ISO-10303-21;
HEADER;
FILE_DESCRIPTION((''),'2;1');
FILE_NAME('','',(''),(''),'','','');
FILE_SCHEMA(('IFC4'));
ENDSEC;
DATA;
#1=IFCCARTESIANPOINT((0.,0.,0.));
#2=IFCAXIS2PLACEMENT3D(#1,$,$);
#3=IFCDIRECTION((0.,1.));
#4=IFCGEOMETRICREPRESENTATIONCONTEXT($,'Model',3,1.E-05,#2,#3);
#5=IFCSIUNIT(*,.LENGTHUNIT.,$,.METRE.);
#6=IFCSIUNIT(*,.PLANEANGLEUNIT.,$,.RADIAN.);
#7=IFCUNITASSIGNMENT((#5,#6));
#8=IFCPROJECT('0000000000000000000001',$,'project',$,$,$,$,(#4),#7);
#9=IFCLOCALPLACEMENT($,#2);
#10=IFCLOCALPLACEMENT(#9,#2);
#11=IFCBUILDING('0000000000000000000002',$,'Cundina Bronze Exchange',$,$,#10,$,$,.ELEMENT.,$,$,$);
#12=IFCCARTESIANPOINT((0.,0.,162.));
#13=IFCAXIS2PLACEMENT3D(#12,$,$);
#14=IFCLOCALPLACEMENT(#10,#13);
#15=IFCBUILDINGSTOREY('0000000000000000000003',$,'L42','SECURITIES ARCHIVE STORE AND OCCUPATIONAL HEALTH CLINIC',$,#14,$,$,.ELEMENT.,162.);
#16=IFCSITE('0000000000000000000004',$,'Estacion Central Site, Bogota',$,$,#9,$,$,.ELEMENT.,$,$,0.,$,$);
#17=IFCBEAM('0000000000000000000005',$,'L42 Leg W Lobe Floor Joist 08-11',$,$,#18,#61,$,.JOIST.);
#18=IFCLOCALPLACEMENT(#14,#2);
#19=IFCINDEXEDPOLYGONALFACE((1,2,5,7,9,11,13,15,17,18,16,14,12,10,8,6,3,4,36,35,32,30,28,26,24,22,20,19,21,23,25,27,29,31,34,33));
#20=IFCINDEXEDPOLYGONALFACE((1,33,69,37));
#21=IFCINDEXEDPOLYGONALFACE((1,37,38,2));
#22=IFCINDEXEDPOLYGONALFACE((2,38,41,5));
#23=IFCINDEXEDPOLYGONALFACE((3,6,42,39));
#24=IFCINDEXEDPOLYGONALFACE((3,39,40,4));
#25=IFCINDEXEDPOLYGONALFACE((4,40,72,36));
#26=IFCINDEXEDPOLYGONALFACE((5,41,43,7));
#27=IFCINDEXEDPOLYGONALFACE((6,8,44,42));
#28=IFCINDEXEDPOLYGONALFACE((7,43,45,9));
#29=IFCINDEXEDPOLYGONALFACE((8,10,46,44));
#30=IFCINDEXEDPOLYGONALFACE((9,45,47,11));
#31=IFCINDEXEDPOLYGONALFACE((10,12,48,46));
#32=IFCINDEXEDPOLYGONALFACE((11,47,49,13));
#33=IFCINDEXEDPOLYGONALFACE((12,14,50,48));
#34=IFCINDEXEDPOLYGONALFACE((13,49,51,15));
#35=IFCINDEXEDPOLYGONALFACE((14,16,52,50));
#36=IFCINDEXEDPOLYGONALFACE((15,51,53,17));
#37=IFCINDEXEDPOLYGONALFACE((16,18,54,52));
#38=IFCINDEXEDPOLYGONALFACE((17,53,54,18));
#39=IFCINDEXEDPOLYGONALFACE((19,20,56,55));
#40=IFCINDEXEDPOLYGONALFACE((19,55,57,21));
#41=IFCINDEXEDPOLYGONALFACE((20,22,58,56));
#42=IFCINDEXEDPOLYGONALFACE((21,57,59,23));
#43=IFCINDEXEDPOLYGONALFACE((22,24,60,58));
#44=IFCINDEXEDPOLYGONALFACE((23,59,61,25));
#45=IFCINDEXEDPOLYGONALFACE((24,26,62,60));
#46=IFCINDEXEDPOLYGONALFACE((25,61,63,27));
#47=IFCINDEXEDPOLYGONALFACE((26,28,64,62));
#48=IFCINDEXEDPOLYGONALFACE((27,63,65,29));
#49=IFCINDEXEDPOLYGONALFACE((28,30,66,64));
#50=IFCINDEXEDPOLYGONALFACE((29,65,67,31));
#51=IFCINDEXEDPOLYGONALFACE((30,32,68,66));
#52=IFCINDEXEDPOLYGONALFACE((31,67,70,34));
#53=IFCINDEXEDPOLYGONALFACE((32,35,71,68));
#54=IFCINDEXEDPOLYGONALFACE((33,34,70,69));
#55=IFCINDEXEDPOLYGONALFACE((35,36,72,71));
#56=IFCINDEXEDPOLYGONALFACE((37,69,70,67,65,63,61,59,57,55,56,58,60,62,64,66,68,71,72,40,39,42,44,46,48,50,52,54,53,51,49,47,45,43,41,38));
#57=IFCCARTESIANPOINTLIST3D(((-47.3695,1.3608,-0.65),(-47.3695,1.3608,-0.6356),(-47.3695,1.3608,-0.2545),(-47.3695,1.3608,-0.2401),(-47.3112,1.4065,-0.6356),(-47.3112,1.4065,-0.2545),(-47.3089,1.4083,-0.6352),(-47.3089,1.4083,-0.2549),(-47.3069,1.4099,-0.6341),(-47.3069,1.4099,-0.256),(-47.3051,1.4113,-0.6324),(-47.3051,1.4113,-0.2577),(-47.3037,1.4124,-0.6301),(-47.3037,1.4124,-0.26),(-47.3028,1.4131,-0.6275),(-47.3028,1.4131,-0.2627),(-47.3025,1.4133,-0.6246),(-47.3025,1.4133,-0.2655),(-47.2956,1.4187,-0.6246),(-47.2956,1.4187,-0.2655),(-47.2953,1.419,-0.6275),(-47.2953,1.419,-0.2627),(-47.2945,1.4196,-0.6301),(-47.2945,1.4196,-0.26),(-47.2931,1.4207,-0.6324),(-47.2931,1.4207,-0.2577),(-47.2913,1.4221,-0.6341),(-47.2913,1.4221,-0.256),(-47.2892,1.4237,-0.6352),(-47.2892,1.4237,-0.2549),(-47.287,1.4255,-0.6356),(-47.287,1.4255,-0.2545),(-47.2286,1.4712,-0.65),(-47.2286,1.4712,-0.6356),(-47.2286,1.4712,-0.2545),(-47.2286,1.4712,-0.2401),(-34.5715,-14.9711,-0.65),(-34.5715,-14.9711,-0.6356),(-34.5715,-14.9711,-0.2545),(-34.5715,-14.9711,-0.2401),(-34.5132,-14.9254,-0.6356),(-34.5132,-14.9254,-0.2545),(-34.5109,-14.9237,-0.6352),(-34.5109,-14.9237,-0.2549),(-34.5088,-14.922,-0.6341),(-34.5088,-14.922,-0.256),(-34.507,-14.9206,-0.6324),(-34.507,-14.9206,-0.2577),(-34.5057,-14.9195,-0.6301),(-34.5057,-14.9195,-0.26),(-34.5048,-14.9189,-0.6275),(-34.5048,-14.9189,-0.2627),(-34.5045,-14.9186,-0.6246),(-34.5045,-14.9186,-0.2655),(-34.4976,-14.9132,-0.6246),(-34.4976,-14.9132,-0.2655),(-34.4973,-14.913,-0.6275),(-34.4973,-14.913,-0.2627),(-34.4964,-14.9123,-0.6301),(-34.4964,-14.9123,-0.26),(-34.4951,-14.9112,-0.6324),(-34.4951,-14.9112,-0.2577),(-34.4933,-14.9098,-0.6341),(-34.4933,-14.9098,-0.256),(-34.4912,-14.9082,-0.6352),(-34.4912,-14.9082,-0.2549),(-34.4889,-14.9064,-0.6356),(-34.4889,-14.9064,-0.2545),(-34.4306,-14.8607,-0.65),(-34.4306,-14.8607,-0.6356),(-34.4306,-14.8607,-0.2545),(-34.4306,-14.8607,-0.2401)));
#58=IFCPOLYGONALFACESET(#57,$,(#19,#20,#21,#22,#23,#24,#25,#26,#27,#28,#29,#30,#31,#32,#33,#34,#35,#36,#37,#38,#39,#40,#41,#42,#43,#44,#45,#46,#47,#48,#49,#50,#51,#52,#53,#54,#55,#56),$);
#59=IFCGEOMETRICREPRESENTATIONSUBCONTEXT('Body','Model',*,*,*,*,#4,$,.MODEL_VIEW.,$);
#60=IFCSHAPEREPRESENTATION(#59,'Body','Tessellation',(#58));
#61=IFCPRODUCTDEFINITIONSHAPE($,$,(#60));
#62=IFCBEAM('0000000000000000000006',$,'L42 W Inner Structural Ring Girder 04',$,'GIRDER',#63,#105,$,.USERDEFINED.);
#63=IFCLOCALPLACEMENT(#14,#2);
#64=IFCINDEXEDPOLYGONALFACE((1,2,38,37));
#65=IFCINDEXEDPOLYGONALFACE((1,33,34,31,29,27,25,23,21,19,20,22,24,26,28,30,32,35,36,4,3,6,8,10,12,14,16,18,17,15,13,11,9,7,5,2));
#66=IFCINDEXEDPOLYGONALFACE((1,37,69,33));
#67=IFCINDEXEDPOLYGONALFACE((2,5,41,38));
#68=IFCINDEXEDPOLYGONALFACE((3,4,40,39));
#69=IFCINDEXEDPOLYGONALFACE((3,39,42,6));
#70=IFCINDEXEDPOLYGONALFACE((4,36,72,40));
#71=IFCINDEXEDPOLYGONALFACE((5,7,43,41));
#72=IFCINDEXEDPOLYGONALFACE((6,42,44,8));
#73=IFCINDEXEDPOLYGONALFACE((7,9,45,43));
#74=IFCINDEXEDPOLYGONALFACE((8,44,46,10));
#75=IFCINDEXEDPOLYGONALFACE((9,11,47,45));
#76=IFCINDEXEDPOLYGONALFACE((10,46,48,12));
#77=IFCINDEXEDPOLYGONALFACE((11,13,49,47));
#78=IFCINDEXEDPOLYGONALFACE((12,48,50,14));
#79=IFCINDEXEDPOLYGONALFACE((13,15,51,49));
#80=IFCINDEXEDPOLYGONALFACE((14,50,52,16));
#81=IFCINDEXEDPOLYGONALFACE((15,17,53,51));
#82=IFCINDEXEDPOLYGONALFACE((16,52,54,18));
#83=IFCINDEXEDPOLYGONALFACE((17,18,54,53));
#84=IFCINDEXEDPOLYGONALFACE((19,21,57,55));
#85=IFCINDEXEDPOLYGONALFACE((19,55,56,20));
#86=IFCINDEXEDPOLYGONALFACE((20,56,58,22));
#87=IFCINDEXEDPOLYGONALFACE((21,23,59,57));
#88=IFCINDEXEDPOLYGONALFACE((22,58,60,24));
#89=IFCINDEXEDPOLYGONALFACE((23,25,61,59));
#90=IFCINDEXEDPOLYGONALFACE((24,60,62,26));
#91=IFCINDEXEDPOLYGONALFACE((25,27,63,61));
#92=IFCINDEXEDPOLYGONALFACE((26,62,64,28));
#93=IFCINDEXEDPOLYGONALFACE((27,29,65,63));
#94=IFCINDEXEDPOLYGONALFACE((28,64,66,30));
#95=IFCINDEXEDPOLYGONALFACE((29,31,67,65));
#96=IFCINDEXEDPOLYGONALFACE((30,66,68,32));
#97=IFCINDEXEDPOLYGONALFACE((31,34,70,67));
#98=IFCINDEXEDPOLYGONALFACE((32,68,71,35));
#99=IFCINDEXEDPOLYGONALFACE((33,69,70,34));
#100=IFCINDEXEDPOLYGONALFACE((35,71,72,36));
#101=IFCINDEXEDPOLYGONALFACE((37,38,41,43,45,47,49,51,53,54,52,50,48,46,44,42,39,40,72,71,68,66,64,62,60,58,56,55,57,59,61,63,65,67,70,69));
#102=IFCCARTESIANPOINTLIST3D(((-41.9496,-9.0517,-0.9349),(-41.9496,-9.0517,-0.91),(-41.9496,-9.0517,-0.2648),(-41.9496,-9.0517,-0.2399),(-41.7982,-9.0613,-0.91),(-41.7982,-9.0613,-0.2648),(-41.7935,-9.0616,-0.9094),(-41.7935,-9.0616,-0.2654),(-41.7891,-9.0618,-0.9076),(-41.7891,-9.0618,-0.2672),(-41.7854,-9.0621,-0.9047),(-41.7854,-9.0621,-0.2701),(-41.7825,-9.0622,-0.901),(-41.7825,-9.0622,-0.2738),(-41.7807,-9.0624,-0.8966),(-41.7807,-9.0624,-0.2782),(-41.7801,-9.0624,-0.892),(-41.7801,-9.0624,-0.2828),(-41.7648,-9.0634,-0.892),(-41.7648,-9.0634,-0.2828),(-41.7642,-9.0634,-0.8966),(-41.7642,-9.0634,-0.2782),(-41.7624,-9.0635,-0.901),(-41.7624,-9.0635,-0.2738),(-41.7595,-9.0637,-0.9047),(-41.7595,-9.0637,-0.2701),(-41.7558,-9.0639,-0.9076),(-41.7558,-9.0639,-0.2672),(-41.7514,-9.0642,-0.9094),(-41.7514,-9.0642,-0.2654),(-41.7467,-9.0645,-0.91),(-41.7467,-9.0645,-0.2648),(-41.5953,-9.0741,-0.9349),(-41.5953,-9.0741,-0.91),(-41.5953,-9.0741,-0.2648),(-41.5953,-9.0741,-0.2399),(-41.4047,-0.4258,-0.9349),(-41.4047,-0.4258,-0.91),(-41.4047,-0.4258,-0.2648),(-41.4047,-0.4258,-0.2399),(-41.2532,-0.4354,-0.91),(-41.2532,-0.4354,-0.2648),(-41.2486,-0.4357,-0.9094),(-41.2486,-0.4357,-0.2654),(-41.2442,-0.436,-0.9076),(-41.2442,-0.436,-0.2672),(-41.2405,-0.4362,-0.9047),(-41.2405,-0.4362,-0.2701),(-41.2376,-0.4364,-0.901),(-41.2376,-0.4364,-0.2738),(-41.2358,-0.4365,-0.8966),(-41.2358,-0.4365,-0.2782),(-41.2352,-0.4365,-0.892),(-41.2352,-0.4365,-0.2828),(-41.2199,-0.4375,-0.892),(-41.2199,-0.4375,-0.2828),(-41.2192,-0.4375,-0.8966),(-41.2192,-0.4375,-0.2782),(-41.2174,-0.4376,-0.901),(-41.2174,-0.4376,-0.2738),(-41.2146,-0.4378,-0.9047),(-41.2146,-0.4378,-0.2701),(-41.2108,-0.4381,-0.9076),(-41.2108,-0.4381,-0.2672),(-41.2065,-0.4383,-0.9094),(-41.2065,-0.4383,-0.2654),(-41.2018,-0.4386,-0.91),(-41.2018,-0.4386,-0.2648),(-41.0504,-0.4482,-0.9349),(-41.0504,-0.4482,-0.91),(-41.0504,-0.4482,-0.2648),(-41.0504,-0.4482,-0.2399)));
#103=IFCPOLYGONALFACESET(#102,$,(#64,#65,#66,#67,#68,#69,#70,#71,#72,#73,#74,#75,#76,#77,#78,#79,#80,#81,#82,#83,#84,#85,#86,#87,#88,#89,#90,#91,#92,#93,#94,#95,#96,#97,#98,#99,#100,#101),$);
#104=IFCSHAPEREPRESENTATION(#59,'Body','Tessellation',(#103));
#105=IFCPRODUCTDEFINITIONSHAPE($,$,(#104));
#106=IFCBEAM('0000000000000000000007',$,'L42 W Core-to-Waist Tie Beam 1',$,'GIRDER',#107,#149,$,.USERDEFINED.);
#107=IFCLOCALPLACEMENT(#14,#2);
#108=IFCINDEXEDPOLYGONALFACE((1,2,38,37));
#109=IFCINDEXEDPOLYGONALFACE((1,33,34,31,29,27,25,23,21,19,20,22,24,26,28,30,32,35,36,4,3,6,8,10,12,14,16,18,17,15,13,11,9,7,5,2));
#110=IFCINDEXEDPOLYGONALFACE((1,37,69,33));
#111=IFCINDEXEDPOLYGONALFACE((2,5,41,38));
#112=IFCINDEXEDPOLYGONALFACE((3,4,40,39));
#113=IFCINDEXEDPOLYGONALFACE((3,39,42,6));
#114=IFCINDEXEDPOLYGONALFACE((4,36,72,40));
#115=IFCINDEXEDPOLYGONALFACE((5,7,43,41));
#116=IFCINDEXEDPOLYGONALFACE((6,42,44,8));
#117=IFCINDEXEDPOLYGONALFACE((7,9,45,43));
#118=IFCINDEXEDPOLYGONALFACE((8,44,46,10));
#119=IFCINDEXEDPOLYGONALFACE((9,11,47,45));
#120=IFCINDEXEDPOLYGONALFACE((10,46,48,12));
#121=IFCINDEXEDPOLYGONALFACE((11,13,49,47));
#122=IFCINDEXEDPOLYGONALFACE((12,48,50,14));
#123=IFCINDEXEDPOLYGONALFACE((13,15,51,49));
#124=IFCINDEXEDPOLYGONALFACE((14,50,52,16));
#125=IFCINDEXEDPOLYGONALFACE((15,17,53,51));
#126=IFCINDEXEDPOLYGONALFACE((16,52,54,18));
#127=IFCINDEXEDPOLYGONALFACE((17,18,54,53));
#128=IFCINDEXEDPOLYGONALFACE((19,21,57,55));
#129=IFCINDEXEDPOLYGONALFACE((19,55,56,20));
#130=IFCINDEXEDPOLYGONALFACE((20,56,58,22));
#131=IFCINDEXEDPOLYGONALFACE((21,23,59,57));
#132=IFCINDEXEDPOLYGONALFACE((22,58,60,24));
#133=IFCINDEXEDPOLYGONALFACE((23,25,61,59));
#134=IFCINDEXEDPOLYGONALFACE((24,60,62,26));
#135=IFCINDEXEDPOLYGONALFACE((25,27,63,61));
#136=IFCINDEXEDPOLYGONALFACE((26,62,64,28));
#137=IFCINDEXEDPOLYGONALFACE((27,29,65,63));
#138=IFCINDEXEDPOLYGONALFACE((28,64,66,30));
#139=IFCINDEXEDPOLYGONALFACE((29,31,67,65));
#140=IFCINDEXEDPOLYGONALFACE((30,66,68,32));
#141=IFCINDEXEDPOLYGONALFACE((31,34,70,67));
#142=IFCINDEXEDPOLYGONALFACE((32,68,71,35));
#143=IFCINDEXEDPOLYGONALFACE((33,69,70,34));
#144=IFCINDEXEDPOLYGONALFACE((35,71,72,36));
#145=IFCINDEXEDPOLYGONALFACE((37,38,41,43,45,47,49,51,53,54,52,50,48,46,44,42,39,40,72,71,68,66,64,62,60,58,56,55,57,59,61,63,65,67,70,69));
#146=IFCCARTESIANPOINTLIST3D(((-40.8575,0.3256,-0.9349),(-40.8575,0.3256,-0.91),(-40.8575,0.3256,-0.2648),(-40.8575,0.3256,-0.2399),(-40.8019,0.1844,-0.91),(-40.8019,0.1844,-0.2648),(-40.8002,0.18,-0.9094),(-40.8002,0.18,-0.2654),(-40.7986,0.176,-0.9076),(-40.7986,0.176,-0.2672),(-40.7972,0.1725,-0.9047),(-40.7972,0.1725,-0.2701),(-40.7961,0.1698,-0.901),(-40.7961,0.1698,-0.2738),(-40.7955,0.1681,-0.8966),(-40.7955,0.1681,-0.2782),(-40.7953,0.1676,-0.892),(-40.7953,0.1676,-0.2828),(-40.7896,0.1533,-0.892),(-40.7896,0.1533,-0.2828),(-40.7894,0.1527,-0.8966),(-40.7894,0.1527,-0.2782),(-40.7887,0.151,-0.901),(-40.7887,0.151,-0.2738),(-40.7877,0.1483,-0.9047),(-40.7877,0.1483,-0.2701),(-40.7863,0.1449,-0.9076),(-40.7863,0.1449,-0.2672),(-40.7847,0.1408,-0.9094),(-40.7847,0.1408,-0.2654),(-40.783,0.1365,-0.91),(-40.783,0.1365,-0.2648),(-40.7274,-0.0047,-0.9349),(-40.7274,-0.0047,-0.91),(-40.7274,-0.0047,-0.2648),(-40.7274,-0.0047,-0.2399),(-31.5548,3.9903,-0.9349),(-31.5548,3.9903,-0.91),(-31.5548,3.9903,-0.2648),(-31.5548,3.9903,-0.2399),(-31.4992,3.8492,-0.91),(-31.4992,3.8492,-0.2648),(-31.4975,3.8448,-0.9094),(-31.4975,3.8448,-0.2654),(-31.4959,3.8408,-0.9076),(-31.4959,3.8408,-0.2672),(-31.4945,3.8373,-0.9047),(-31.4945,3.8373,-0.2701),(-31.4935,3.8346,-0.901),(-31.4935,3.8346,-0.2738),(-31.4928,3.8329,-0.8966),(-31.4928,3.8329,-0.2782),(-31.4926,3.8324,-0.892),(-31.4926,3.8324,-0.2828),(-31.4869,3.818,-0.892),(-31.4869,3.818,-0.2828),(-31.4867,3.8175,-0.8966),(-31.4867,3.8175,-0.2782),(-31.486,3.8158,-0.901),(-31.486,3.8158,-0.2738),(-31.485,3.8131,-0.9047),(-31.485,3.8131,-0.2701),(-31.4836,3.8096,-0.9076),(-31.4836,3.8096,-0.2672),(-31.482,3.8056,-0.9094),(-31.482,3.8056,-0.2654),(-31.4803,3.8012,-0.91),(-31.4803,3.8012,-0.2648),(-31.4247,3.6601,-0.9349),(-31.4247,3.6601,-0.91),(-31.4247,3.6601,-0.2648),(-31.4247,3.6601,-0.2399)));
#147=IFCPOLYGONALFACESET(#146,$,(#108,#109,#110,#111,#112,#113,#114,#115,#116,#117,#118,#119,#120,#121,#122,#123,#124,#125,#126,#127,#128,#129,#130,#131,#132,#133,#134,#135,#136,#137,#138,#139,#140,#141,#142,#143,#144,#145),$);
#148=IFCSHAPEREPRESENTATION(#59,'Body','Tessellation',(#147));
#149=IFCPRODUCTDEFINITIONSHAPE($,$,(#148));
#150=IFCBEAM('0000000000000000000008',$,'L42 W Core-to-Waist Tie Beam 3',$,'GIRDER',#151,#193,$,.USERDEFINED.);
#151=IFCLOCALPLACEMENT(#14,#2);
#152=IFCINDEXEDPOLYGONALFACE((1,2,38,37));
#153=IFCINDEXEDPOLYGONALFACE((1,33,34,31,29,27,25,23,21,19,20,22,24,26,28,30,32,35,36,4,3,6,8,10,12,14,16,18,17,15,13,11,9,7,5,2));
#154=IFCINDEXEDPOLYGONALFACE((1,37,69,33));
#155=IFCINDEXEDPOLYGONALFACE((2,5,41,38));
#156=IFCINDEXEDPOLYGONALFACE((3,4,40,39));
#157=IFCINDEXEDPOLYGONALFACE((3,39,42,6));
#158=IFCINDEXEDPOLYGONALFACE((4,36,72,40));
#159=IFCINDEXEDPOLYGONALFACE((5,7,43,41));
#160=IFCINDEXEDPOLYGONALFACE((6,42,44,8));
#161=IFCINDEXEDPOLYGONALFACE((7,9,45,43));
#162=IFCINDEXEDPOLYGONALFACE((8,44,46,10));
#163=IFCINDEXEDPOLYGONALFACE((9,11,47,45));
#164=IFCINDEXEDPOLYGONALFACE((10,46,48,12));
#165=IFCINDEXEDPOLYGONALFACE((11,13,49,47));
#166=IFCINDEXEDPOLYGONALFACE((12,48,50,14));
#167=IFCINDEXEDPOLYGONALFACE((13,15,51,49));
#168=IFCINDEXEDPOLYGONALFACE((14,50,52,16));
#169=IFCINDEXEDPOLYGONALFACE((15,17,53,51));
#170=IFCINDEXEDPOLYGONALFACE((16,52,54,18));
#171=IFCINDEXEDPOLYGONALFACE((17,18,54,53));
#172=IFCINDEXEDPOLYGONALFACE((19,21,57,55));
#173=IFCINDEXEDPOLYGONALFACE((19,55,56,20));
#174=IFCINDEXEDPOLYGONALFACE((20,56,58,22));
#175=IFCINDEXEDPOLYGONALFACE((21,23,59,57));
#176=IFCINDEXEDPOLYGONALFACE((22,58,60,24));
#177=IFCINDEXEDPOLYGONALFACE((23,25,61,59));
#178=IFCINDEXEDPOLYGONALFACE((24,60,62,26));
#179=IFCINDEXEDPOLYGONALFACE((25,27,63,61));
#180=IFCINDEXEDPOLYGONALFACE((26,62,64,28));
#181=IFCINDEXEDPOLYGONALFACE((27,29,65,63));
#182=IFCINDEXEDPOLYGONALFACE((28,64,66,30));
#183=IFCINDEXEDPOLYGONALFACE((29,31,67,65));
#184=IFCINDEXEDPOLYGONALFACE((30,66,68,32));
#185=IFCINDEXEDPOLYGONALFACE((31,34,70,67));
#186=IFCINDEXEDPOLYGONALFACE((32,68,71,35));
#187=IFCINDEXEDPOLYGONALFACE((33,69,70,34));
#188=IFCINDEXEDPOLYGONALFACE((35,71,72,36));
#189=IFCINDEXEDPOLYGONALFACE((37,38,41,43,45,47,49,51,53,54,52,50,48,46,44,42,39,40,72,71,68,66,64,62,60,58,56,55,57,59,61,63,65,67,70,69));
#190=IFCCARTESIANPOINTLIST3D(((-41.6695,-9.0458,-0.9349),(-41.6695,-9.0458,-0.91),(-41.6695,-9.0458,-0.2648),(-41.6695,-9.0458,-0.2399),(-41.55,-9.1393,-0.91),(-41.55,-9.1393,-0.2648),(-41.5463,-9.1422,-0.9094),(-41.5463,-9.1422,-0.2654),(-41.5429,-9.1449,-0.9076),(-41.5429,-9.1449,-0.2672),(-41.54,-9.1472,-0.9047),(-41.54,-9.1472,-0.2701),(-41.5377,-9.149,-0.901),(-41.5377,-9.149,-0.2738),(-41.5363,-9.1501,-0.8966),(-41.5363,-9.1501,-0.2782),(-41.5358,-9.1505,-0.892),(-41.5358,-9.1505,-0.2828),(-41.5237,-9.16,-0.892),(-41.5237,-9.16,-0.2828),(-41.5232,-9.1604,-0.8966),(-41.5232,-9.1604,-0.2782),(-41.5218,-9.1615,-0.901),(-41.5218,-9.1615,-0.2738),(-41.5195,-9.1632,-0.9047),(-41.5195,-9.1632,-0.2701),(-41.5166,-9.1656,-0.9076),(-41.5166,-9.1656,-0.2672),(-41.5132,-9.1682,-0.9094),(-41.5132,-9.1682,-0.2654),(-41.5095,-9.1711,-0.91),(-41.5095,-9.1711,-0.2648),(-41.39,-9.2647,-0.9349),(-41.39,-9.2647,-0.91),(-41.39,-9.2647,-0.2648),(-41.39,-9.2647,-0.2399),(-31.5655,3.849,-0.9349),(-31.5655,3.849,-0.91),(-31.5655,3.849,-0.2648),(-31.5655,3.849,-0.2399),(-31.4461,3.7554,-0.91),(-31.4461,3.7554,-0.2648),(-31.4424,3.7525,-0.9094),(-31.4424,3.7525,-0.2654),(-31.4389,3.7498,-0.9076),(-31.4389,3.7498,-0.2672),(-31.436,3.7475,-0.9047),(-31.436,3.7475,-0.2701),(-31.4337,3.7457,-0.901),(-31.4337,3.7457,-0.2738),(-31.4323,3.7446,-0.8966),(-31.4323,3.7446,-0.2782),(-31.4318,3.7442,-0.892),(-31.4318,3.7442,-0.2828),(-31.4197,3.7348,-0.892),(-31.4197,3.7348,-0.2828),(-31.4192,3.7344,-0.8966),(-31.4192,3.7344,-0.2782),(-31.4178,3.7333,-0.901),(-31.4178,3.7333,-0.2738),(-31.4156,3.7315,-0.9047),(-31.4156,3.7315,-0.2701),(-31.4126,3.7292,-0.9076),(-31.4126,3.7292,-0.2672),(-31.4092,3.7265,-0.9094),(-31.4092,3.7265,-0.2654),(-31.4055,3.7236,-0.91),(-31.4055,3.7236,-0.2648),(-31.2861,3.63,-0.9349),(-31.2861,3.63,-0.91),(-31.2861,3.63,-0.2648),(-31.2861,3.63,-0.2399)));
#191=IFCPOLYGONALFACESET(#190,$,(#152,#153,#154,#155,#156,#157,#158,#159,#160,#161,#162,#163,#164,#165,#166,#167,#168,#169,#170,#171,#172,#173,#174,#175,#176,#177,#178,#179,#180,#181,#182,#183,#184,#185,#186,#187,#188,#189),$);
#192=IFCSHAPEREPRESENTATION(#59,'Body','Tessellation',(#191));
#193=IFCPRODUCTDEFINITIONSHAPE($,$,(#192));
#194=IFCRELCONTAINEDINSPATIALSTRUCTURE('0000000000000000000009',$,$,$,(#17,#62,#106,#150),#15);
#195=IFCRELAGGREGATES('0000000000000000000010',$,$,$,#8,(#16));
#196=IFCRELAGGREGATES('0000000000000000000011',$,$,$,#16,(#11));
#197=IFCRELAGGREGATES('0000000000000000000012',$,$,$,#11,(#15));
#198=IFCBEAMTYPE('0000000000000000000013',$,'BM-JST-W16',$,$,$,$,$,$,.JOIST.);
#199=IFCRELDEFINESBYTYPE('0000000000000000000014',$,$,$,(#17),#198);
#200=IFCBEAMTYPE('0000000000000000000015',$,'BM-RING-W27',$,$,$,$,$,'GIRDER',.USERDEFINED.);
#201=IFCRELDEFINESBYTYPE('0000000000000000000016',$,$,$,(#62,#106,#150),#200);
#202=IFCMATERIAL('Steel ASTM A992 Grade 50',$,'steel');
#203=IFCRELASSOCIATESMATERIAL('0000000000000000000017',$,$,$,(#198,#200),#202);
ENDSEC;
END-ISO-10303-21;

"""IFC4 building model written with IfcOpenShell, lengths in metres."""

from ifc_helpers import new_model, si_unit, direction, frame, origin, origin_2d, place, context, subcontext, project, spatial, i_section, extrude, material, material_profile, profile_set, type_object, element, save


model = new_model("IFC4")

# Units and contexts
model_context = context("Model", 3, precision=1e-05, world=origin(), true_north=direction((0.0, 1.0)))
body_context = subcontext(model_context, "Body", "Model", "MODEL_VIEW")
ifc_project = project(units=[si_unit("LENGTHUNIT", "METRE"), si_unit("PLANEANGLEUNIT", "RADIAN")], contexts=[model_context])

# Site, building, storey
site_placement = place(None, origin())
site = spatial("IfcSite", under=ifc_project, at=site_placement, Name="Estacion Central Site, Bogota", CompositionType="ELEMENT", RefElevation=0.0)
building_placement = place(site_placement, origin())
building = spatial("IfcBuilding", under=site, at=building_placement, Name="Cundina Bronze Exchange", CompositionType="ELEMENT")
storey_placement = place(building_placement, frame((0.0, 0.0, 162.0)))
storey = spatial("IfcBuildingStorey", under=building, at=storey_placement, Name="L42", Description="SECURITIES ARCHIVE STORE AND OCCUPATIONAL HEALTH CLINIC", CompositionType="ELEMENT", Elevation=162.0)

# Shared definitions
ifc_material_1 = material(Name="Steel ASTM A992 Grade 50", Category="steel")

# Beams
ifc_material_profile_1 = material_profile(ifc_material_1, i_section(OverallWidth=0.179, OverallDepth=0.4099, WebThickness=0.0088, FlangeThickness=0.0144, FilletRadius=0.011, at=origin_2d()), Name="W16X45", Category="steel")
ifc_profile_set_1 = profile_set([ifc_material_profile_1], Name="Steel ASTM A992 Grade 50")
beam_type_1 = type_object("IfcBeamType", Name="BM-JST-W16", PredefinedType="JOIST", material=ifc_profile_set_1)
beam_1_placement = place(storey_placement, frame((-47.2991, 1.416, -0.4451), z_axis=(0.616801, -0.787119, 0.0), x_axis=(0.787119, 0.616801, 0.0)))
element("IfcBeam", 1, at=beam_1_placement, inside=storey, type_object=beam_type_1, Name="L42 Leg W Lobe Floor Joist 08-11", PredefinedType="JOIST", context=body_context, shape_type="SweptSolid", body=[
    extrude(i_section(OverallWidth=0.179, OverallDepth=0.4099, WebThickness=0.0088, FlangeThickness=0.0144, FilletRadius=0.011, at=origin_2d()), origin(), (0.0, 0.0, 1.0), 20.749),
])
ifc_material_profile_2 = material_profile(ifc_material_1, i_section(OverallWidth=0.355, OverallDepth=0.6951, WebThickness=0.0154, FlangeThickness=0.0249, FilletRadius=0.0181, at=origin_2d()), Name="W27X146", Category="steel")
ifc_profile_set_2 = profile_set([ifc_material_profile_2], Name="Steel ASTM A992 Grade 50")
beam_type_2 = type_object("IfcBeamType", Name="BM-RING-W27", ElementType="GIRDER", PredefinedType="USERDEFINED", material=ifc_profile_set_2)
beam_2_placement = place(storey_placement, frame((-41.2275, -0.437, -0.5874), z_axis=(-0.063047, -0.998011, 0.0), x_axis=(0.998011, -0.063047, 0.0)))
element("IfcBeam", 2, at=beam_2_placement, inside=storey, type_object=beam_type_2, Name="L42 W Inner Structural Ring Girder 04", ObjectType="GIRDER", PredefinedType="USERDEFINED", context=body_context, shape_type="SweptSolid", body=[
    extrude(i_section(OverallWidth=0.355, OverallDepth=0.6951, WebThickness=0.0154, FlangeThickness=0.0249, FilletRadius=0.0181, at=origin_2d()), origin(), (0.0, 0.0, 1.0), 8.6431),
])
beam_3_placement = place(storey_placement, frame((-31.4897, 3.8252, -0.5874), z_axis=(-0.930406, -0.366532, 0.0), x_axis=(0.366532, -0.930406, 0.0)))
element("IfcBeam", 3, at=beam_3_placement, inside=storey, type_object=beam_type_2, Name="L42 W Core-to-Waist Tie Beam 1", ObjectType="GIRDER", PredefinedType="USERDEFINED", context=body_context, shape_type="SweptSolid", body=[
    extrude(i_section(OverallWidth=0.355, OverallDepth=0.6951, WebThickness=0.0154, FlangeThickness=0.0249, FilletRadius=0.0181, at=origin_2d()), origin(), (0.0, 0.0, 1.0), 9.9985),
])
beam_4_placement = place(storey_placement, frame((-31.4258, 3.7395, -0.5874), z_axis=(-0.616779, -0.787136, 0.0), x_axis=(0.787136, -0.616779, 0.0)))
element("IfcBeam", 4, at=beam_4_placement, inside=storey, type_object=beam_type_2, Name="L42 W Core-to-Waist Tie Beam 3", ObjectType="GIRDER", PredefinedType="USERDEFINED", context=body_context, shape_type="SweptSolid", body=[
    extrude(i_section(OverallWidth=0.355, OverallDepth=0.6951, WebThickness=0.0154, FlangeThickness=0.0249, FilletRadius=0.0181, at=origin_2d()), origin(), (0.0, 0.0, 1.0), 16.3818),
])

save(model, "model.ifc")
